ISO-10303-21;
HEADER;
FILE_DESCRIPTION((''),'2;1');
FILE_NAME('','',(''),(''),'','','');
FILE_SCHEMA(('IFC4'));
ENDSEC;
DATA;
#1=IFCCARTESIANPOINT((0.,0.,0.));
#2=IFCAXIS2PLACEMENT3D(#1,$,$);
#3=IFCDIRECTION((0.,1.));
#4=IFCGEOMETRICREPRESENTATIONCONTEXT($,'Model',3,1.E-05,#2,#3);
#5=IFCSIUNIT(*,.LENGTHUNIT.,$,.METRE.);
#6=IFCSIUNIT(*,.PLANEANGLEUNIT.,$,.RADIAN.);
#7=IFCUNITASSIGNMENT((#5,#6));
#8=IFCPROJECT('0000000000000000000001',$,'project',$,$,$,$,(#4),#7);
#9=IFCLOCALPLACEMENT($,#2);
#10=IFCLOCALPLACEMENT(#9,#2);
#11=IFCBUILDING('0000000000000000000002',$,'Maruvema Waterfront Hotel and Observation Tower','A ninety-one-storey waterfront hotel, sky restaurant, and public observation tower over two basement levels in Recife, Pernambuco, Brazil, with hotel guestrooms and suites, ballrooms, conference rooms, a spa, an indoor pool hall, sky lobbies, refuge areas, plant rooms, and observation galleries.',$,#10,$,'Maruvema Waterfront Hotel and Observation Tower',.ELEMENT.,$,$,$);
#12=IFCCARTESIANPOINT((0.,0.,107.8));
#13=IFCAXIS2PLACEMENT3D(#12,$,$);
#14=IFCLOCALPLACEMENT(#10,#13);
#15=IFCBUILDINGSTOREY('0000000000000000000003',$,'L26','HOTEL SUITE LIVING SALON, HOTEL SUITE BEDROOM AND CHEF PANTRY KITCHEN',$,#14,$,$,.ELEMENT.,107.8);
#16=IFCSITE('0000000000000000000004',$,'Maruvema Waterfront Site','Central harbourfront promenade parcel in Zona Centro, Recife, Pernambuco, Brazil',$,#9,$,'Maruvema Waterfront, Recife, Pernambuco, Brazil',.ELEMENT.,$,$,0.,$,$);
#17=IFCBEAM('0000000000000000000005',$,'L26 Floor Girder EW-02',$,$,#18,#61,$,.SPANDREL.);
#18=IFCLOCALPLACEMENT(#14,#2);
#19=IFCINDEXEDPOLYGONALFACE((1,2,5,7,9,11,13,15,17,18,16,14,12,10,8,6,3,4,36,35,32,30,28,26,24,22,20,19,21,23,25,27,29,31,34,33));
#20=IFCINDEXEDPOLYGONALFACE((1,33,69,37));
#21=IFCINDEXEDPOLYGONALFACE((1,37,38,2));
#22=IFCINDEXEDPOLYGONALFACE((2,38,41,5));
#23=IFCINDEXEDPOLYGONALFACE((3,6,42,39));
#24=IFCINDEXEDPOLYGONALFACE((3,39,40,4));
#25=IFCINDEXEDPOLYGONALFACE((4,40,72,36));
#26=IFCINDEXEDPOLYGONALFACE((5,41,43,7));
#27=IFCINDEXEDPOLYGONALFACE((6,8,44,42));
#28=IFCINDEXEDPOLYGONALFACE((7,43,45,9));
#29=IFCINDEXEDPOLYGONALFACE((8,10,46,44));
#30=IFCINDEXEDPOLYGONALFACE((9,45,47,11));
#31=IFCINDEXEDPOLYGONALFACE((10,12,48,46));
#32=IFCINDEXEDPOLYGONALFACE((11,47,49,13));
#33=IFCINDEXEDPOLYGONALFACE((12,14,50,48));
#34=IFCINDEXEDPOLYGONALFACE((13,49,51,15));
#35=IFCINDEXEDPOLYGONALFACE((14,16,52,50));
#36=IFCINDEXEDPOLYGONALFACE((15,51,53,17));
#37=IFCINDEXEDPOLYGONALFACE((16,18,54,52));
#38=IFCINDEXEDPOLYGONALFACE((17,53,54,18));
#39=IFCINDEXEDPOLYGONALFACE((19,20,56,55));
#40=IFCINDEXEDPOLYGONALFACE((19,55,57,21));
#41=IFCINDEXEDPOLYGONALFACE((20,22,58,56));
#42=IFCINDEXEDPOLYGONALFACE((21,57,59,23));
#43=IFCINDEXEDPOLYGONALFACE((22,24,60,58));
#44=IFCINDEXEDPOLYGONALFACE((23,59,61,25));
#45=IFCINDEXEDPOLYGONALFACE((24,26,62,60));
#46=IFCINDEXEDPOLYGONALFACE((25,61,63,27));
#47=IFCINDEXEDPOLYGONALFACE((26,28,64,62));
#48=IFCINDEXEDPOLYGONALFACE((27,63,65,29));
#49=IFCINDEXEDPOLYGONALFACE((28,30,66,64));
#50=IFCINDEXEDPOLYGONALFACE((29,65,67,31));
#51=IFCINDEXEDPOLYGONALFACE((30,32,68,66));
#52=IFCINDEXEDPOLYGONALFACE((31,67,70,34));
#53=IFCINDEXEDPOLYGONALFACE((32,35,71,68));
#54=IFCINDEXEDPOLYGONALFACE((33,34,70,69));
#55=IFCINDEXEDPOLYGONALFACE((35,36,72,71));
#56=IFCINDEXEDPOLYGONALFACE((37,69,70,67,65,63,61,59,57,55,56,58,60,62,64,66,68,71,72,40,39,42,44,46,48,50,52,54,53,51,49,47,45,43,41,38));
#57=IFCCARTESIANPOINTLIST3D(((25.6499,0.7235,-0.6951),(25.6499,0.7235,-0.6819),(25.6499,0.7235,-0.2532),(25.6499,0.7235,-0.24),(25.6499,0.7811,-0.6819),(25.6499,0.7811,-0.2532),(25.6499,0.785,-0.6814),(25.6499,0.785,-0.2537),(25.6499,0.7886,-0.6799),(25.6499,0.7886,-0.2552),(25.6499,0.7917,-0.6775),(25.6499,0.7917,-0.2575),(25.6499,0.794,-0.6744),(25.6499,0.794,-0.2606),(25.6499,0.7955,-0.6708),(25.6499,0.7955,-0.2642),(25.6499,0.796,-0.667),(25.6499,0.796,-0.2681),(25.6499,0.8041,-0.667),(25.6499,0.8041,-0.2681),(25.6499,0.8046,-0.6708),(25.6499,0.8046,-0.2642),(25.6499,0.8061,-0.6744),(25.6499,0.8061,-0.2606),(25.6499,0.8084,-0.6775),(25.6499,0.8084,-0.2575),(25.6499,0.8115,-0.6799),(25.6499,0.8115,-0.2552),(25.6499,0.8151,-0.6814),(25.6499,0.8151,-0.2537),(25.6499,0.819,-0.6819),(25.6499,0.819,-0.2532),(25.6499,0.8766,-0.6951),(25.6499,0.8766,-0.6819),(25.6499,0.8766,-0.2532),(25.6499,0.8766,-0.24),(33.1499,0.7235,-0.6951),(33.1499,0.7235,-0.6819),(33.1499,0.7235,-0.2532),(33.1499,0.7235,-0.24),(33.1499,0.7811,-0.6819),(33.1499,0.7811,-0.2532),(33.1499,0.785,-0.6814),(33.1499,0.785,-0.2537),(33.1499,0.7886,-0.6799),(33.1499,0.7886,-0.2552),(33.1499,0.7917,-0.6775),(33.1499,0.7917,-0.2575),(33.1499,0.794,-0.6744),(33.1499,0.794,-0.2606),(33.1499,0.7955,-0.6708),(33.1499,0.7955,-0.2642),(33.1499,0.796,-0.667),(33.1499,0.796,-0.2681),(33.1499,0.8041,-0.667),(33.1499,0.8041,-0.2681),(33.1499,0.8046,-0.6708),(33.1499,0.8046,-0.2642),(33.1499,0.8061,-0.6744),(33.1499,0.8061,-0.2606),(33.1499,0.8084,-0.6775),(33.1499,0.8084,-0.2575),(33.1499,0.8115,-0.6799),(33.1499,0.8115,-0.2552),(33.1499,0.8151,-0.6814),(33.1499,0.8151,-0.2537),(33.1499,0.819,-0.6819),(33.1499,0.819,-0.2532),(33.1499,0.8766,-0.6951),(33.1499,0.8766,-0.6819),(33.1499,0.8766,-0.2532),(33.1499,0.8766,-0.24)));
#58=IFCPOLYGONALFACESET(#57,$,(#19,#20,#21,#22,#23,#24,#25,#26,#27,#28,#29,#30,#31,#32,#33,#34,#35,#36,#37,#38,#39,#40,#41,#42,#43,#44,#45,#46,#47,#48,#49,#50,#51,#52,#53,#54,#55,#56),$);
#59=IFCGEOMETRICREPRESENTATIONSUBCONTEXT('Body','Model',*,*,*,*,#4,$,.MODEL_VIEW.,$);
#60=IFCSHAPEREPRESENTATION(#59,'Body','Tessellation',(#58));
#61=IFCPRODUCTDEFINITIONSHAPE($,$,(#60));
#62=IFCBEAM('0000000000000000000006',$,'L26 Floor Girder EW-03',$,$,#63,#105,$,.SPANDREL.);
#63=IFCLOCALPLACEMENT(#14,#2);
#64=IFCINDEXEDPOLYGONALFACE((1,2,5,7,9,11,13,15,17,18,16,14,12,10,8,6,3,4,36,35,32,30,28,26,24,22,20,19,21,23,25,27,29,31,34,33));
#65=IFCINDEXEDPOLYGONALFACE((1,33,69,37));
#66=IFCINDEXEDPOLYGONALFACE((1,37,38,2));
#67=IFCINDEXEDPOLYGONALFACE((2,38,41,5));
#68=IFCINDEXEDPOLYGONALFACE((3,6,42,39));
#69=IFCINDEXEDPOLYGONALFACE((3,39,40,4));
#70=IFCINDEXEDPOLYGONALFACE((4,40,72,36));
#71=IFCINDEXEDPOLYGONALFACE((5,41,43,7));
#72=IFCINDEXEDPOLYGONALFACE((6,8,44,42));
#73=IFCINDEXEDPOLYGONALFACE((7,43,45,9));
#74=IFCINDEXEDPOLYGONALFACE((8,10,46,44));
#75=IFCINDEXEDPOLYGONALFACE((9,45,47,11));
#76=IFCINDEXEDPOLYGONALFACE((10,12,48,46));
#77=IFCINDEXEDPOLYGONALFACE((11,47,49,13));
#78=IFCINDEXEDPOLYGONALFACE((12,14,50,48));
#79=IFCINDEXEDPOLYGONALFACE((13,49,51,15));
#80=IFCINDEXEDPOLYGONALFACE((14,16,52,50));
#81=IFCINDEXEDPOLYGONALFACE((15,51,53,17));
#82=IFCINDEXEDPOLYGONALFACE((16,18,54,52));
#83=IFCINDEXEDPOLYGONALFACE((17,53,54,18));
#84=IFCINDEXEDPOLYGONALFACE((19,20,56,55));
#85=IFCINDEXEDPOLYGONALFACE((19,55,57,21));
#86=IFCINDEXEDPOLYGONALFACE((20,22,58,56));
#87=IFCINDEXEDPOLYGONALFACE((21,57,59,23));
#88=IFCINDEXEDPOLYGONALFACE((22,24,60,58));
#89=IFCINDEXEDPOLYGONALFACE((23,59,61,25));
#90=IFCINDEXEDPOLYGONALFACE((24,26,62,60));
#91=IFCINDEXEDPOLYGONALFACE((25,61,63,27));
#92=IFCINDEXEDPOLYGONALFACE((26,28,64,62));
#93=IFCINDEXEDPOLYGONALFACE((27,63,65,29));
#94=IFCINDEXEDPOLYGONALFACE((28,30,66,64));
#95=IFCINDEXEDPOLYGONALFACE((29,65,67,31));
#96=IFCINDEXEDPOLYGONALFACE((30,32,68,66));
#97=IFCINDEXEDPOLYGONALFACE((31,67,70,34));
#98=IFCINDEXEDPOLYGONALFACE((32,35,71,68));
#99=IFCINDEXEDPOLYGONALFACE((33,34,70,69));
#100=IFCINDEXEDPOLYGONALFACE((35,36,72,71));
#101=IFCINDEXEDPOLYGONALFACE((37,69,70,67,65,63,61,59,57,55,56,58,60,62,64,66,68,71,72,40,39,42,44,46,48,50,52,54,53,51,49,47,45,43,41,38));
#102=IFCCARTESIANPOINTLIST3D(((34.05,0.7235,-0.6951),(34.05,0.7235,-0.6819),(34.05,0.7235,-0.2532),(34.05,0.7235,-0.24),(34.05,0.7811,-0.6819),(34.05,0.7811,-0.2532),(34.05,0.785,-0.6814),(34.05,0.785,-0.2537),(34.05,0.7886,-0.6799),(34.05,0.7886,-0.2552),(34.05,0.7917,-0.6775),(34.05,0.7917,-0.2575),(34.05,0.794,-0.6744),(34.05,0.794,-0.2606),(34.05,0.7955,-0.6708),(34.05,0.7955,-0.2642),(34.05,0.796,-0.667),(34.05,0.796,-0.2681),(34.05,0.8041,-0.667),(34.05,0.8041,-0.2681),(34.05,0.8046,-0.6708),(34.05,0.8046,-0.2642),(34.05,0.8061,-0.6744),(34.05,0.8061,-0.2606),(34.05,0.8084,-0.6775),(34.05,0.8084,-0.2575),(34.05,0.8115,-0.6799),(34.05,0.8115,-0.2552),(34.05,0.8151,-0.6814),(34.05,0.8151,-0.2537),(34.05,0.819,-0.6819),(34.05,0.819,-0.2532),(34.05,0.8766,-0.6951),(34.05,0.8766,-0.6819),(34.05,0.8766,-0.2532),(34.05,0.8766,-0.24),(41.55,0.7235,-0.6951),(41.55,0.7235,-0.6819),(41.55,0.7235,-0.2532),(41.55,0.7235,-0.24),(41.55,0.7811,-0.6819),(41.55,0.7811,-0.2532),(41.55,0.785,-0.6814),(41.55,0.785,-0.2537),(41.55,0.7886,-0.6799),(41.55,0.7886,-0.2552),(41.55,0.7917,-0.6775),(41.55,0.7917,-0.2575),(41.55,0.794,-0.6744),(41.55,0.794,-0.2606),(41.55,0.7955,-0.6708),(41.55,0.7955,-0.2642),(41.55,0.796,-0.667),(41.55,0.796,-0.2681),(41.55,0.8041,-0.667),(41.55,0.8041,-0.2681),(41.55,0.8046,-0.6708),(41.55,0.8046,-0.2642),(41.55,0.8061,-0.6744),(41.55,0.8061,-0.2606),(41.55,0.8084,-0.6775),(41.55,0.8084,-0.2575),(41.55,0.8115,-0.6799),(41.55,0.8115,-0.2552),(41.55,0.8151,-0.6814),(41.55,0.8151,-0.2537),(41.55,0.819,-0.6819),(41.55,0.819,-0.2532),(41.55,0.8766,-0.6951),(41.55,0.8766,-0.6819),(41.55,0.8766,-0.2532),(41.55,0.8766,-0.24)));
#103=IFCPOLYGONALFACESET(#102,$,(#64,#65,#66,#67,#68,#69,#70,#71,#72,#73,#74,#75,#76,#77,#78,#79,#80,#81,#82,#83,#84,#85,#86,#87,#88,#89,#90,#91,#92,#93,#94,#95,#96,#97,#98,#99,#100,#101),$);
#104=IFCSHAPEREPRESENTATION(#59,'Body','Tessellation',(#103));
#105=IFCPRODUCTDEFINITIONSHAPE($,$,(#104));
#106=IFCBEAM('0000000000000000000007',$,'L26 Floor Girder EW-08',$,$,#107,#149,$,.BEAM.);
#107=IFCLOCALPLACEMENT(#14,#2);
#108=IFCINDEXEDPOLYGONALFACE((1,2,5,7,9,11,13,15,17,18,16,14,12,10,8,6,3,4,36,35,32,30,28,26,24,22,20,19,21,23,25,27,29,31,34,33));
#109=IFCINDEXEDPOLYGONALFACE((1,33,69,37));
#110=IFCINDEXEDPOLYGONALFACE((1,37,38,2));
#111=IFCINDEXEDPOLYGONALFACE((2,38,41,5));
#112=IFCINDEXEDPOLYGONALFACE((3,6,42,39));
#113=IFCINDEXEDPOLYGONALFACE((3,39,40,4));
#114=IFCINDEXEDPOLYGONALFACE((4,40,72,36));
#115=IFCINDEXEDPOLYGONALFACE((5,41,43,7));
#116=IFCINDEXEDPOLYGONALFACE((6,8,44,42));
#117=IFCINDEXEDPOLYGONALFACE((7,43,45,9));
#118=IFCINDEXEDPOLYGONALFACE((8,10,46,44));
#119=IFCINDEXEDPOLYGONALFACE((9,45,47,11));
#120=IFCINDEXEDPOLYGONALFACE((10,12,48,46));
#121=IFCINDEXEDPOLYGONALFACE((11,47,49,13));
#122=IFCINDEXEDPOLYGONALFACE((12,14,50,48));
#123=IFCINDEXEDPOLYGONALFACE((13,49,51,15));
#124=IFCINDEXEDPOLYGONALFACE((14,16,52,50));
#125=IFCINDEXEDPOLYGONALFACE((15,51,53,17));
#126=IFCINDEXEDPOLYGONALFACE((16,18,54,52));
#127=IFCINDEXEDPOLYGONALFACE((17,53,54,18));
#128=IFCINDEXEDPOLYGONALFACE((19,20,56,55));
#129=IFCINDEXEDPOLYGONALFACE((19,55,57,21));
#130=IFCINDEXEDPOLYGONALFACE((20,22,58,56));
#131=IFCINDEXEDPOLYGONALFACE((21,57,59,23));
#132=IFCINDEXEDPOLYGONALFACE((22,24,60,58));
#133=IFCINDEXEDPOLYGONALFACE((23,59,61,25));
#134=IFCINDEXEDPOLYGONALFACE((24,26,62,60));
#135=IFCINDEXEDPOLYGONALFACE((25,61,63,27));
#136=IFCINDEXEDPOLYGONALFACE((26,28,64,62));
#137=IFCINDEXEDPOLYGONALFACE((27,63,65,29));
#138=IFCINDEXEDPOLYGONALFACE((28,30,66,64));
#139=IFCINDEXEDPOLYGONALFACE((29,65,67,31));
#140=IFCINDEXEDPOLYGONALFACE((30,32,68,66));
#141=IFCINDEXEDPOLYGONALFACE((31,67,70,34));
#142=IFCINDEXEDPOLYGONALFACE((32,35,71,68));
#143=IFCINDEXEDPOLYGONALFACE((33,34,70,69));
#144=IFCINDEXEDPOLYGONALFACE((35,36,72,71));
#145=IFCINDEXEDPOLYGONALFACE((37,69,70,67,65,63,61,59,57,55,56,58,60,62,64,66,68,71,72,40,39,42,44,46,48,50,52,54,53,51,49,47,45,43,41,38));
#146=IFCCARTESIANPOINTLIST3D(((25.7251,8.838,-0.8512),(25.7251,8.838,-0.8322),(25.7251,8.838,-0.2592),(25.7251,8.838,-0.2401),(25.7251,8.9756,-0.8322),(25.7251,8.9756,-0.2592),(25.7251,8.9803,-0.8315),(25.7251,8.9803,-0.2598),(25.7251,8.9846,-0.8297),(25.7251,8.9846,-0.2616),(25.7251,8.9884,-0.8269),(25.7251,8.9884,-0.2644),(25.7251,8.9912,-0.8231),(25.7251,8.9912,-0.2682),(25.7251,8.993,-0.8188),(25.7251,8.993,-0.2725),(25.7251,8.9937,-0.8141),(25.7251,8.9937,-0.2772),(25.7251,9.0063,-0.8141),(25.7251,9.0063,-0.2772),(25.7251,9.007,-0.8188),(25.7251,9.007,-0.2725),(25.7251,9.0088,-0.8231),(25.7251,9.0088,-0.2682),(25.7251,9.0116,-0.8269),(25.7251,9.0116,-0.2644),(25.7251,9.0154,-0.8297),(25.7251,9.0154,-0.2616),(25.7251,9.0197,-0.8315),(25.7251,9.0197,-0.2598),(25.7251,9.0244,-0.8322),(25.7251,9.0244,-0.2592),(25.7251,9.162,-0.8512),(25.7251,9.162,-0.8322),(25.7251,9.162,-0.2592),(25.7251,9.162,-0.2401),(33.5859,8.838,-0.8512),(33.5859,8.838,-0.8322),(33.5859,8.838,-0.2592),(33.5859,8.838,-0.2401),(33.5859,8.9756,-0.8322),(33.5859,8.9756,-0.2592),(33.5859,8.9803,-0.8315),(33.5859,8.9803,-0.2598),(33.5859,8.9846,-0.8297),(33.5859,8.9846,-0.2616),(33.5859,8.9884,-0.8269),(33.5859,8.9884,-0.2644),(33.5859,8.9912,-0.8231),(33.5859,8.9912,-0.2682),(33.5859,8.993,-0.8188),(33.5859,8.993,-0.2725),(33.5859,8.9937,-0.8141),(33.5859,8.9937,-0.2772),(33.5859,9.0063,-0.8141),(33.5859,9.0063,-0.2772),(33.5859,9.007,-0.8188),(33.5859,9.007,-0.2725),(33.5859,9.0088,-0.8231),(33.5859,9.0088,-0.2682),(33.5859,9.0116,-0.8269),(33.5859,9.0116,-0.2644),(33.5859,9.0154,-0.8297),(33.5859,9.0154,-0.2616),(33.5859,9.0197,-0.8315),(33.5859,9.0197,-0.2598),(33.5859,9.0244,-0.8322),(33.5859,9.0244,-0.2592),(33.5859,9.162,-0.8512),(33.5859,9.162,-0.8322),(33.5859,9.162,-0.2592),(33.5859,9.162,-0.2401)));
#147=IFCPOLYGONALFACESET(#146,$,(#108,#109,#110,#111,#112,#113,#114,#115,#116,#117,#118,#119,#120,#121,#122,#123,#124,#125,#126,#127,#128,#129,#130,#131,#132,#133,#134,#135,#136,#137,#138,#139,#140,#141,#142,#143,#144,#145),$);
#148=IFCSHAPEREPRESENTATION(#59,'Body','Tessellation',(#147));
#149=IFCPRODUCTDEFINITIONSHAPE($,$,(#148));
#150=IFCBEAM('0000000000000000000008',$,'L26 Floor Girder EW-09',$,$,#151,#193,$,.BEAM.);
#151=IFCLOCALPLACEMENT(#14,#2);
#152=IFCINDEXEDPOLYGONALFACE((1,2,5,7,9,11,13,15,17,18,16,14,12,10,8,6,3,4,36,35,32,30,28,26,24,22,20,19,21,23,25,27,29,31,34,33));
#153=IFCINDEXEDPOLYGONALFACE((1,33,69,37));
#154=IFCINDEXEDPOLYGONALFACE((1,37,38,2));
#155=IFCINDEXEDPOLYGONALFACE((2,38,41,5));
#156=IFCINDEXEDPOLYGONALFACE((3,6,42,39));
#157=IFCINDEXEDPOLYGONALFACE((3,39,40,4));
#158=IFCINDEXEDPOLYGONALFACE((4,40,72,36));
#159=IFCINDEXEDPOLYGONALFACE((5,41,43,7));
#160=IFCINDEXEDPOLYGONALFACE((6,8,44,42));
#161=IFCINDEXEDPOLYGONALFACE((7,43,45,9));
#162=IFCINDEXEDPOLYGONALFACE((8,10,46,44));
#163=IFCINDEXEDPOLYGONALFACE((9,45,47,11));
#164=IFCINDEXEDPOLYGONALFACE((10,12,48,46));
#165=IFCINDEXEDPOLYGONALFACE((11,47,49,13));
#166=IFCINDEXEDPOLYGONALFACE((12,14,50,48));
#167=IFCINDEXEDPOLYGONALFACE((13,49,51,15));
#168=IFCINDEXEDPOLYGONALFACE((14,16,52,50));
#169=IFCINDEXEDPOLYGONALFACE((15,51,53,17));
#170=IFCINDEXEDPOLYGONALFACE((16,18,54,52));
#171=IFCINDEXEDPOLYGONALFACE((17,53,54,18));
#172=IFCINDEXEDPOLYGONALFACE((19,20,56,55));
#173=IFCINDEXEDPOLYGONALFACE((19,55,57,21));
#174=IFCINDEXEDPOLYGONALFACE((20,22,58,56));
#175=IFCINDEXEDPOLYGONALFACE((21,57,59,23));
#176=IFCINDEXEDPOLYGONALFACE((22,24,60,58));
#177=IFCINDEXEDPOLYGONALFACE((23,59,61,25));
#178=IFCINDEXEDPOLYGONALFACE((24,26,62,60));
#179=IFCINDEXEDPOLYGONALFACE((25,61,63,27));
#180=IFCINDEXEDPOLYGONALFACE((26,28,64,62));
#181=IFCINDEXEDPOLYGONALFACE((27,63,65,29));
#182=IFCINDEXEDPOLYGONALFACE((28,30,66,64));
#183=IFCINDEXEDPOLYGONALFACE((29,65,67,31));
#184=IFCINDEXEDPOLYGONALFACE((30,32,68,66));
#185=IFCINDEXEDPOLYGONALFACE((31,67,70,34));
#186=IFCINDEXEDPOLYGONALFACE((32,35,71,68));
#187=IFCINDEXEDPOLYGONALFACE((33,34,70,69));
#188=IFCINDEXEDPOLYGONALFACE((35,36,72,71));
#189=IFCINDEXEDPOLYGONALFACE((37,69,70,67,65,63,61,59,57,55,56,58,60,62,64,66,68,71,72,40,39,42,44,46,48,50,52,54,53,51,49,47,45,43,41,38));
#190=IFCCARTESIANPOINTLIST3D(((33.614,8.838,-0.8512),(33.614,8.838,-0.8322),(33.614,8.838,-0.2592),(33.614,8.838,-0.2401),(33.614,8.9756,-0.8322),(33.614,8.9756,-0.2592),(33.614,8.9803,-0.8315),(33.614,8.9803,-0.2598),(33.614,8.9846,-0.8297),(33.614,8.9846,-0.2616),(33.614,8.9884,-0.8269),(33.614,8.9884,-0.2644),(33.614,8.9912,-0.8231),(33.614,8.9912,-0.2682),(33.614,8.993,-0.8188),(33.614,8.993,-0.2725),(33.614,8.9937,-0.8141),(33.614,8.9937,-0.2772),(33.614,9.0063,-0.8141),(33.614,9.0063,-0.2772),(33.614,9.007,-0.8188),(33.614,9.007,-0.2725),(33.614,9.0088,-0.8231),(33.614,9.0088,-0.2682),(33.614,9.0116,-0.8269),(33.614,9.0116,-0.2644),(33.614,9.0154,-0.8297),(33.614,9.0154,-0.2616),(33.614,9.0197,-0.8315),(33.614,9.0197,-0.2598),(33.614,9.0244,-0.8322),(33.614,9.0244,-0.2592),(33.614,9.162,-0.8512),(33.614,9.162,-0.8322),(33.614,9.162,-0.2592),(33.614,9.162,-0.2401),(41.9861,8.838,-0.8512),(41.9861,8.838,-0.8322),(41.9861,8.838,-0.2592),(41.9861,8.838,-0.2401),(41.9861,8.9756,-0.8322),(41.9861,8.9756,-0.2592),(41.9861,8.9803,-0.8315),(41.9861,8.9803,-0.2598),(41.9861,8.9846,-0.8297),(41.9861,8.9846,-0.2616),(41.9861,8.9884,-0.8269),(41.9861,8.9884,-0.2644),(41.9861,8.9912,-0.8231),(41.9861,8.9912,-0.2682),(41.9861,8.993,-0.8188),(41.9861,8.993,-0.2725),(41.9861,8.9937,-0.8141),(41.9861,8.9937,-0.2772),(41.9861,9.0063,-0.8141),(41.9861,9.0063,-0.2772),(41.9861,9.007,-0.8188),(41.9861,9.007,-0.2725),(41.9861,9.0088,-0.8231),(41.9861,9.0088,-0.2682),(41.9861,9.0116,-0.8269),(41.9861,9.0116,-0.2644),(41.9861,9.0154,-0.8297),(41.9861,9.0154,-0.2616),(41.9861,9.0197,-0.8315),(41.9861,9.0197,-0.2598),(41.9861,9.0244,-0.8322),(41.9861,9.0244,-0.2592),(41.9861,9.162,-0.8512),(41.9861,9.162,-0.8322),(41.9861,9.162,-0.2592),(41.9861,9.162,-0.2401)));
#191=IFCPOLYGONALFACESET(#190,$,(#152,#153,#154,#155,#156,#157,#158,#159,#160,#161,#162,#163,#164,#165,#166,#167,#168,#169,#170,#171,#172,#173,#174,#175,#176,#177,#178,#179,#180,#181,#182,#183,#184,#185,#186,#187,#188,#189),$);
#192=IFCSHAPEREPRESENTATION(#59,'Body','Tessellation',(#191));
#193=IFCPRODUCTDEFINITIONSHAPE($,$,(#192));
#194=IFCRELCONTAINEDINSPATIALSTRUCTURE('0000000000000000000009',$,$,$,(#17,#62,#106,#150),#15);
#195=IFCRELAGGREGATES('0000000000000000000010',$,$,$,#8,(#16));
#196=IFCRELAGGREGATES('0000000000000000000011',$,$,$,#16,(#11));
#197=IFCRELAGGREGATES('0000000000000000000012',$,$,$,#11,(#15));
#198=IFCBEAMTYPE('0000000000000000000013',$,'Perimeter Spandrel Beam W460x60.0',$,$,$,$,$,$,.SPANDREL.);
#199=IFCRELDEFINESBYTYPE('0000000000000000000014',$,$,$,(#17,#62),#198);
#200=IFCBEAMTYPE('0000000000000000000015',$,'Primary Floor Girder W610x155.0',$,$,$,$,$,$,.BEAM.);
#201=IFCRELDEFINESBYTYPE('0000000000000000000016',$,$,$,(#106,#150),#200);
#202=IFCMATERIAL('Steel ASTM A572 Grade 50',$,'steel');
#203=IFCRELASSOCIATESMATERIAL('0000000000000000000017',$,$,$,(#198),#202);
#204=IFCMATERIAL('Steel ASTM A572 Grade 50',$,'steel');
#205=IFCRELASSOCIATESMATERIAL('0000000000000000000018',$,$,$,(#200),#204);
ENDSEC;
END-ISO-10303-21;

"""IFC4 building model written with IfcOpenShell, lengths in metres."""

from ifc_helpers import new_model, si_unit, direction, frame, origin, origin_2d, place, context, subcontext, project, spatial, i_section, extrude, material, material_profile, profile_set, type_object, element, save


model = new_model("IFC4")

# Units and contexts
model_context = context("Model", 3, precision=1e-05, world=origin(), true_north=direction((0.0, 1.0)))
body_context = subcontext(model_context, "Body", "Model", "MODEL_VIEW")
ifc_project = project(units=[si_unit("LENGTHUNIT", "METRE"), si_unit("PLANEANGLEUNIT", "RADIAN")], contexts=[model_context])

# Site, building, storey
site_placement = place(None, origin())
site = spatial("IfcSite", under=ifc_project, at=site_placement, Name="Maruvema Waterfront Site", Description="Central harbourfront promenade parcel in Zona Centro, Recife, Pernambuco, Brazil", LongName="Maruvema Waterfront, Recife, Pernambuco, Brazil", CompositionType="ELEMENT", RefElevation=0.0)
building_placement = place(site_placement, origin())
building = spatial("IfcBuilding", under=site, at=building_placement, Name="Maruvema Waterfront Hotel and Observation Tower", Description="A ninety-one-storey waterfront hotel, sky restaurant, and public observation tower over two basement levels in Recife, Pernambuco, Brazil, with hotel guestrooms and suites, ballrooms, conference rooms, a spa, an indoor pool hall, sky lobbies, refuge areas, plant rooms, and observation galleries.", LongName="Maruvema Waterfront Hotel and Observation Tower", CompositionType="ELEMENT")
storey_placement = place(building_placement, frame((0.0, 0.0, 107.8)))
storey = spatial("IfcBuildingStorey", under=building, at=storey_placement, Name="L26", Description="HOTEL SUITE LIVING SALON, HOTEL SUITE BEDROOM AND CHEF PANTRY KITCHEN", CompositionType="ELEMENT", Elevation=107.8)

# Beams
ifc_material_1 = material(Name="Steel ASTM A572 Grade 50", Category="steel")
ifc_material_profile_1 = material_profile(ifc_material_1, i_section(OverallWidth=0.1531, OverallDepth=0.4551, WebThickness=0.0081, FlangeThickness=0.0132, FilletRadius=0.0149, at=origin_2d()), Name="W460x60.0")
ifc_profile_set_1 = profile_set([ifc_material_profile_1], Name="Steel ASTM A572 Grade 50")
beam_type_1 = type_object("IfcBeamType", Name="Perimeter Spandrel Beam W460x60.0", PredefinedType="SPANDREL", material=ifc_profile_set_1)
for number, where, z_axis, x_axis, name in (
    (1, (25.6499, 0.8, -0.4675), (1.0, 0.0, 0.0), (0.0, 1.0, 0.0), "L26 Floor Girder EW-02"),
    (2, (34.05, 0.8, -0.4675), (1.0, 0.0, 0.0), (0.0, 1.0, 0.0), "L26 Floor Girder EW-03"),
):
    element("IfcBeam", number, at=place(storey_placement, frame(where, z_axis=z_axis, x_axis=x_axis)), inside=storey, type_object=beam_type_1, Name=name, PredefinedType="SPANDREL", context=body_context, shape_type="SweptSolid", body=[
        extrude(i_section(OverallWidth=0.1531, OverallDepth=0.4551, WebThickness=0.0081, FlangeThickness=0.0132, FilletRadius=0.0149, at=origin_2d()), origin(), (0.0, 0.0, 1.0), 7.5),
    ])
ifc_material_2 = material(Name="Steel ASTM A572 Grade 50", Category="steel")
ifc_material_profile_2 = material_profile(ifc_material_2, i_section(OverallWidth=0.324, OverallDepth=0.6111, WebThickness=0.0127, FlangeThickness=0.019, FilletRadius=0.0181, at=origin_2d()), Name="W610x155.0")
ifc_profile_set_2 = profile_set([ifc_material_profile_2], Name="Steel ASTM A572 Grade 50")
beam_type_2 = type_object("IfcBeamType", Name="Primary Floor Girder W610x155.0", PredefinedType="BEAM", material=ifc_profile_set_2)
beam_1_placement = place(storey_placement, frame((25.7251, 9.0, -0.5457), z_axis=(1.0, 0.0, 0.0), x_axis=(0.0, 1.0, 0.0)))
element("IfcBeam", 3, at=beam_1_placement, inside=storey, type_object=beam_type_2, Name="L26 Floor Girder EW-08", PredefinedType="BEAM", context=body_context, shape_type="SweptSolid", body=[
    extrude(i_section(OverallWidth=0.324, OverallDepth=0.6111, WebThickness=0.0127, FlangeThickness=0.019, FilletRadius=0.0181, at=origin_2d()), origin(), (0.0, 0.0, 1.0), 7.8608),
])
beam_2_placement = place(storey_placement, frame((33.614, 9.0, -0.5457), z_axis=(1.0, 0.0, 0.0), x_axis=(0.0, 1.0, 0.0)))
element("IfcBeam", 4, at=beam_2_placement, inside=storey, type_object=beam_type_2, Name="L26 Floor Girder EW-09", PredefinedType="BEAM", context=body_context, shape_type="SweptSolid", body=[
    extrude(i_section(OverallWidth=0.324, OverallDepth=0.6111, WebThickness=0.0127, FlangeThickness=0.019, FilletRadius=0.0181, at=origin_2d()), origin(), (0.0, 0.0, 1.0), 8.3721),
])

save(model, "model.ifc")
